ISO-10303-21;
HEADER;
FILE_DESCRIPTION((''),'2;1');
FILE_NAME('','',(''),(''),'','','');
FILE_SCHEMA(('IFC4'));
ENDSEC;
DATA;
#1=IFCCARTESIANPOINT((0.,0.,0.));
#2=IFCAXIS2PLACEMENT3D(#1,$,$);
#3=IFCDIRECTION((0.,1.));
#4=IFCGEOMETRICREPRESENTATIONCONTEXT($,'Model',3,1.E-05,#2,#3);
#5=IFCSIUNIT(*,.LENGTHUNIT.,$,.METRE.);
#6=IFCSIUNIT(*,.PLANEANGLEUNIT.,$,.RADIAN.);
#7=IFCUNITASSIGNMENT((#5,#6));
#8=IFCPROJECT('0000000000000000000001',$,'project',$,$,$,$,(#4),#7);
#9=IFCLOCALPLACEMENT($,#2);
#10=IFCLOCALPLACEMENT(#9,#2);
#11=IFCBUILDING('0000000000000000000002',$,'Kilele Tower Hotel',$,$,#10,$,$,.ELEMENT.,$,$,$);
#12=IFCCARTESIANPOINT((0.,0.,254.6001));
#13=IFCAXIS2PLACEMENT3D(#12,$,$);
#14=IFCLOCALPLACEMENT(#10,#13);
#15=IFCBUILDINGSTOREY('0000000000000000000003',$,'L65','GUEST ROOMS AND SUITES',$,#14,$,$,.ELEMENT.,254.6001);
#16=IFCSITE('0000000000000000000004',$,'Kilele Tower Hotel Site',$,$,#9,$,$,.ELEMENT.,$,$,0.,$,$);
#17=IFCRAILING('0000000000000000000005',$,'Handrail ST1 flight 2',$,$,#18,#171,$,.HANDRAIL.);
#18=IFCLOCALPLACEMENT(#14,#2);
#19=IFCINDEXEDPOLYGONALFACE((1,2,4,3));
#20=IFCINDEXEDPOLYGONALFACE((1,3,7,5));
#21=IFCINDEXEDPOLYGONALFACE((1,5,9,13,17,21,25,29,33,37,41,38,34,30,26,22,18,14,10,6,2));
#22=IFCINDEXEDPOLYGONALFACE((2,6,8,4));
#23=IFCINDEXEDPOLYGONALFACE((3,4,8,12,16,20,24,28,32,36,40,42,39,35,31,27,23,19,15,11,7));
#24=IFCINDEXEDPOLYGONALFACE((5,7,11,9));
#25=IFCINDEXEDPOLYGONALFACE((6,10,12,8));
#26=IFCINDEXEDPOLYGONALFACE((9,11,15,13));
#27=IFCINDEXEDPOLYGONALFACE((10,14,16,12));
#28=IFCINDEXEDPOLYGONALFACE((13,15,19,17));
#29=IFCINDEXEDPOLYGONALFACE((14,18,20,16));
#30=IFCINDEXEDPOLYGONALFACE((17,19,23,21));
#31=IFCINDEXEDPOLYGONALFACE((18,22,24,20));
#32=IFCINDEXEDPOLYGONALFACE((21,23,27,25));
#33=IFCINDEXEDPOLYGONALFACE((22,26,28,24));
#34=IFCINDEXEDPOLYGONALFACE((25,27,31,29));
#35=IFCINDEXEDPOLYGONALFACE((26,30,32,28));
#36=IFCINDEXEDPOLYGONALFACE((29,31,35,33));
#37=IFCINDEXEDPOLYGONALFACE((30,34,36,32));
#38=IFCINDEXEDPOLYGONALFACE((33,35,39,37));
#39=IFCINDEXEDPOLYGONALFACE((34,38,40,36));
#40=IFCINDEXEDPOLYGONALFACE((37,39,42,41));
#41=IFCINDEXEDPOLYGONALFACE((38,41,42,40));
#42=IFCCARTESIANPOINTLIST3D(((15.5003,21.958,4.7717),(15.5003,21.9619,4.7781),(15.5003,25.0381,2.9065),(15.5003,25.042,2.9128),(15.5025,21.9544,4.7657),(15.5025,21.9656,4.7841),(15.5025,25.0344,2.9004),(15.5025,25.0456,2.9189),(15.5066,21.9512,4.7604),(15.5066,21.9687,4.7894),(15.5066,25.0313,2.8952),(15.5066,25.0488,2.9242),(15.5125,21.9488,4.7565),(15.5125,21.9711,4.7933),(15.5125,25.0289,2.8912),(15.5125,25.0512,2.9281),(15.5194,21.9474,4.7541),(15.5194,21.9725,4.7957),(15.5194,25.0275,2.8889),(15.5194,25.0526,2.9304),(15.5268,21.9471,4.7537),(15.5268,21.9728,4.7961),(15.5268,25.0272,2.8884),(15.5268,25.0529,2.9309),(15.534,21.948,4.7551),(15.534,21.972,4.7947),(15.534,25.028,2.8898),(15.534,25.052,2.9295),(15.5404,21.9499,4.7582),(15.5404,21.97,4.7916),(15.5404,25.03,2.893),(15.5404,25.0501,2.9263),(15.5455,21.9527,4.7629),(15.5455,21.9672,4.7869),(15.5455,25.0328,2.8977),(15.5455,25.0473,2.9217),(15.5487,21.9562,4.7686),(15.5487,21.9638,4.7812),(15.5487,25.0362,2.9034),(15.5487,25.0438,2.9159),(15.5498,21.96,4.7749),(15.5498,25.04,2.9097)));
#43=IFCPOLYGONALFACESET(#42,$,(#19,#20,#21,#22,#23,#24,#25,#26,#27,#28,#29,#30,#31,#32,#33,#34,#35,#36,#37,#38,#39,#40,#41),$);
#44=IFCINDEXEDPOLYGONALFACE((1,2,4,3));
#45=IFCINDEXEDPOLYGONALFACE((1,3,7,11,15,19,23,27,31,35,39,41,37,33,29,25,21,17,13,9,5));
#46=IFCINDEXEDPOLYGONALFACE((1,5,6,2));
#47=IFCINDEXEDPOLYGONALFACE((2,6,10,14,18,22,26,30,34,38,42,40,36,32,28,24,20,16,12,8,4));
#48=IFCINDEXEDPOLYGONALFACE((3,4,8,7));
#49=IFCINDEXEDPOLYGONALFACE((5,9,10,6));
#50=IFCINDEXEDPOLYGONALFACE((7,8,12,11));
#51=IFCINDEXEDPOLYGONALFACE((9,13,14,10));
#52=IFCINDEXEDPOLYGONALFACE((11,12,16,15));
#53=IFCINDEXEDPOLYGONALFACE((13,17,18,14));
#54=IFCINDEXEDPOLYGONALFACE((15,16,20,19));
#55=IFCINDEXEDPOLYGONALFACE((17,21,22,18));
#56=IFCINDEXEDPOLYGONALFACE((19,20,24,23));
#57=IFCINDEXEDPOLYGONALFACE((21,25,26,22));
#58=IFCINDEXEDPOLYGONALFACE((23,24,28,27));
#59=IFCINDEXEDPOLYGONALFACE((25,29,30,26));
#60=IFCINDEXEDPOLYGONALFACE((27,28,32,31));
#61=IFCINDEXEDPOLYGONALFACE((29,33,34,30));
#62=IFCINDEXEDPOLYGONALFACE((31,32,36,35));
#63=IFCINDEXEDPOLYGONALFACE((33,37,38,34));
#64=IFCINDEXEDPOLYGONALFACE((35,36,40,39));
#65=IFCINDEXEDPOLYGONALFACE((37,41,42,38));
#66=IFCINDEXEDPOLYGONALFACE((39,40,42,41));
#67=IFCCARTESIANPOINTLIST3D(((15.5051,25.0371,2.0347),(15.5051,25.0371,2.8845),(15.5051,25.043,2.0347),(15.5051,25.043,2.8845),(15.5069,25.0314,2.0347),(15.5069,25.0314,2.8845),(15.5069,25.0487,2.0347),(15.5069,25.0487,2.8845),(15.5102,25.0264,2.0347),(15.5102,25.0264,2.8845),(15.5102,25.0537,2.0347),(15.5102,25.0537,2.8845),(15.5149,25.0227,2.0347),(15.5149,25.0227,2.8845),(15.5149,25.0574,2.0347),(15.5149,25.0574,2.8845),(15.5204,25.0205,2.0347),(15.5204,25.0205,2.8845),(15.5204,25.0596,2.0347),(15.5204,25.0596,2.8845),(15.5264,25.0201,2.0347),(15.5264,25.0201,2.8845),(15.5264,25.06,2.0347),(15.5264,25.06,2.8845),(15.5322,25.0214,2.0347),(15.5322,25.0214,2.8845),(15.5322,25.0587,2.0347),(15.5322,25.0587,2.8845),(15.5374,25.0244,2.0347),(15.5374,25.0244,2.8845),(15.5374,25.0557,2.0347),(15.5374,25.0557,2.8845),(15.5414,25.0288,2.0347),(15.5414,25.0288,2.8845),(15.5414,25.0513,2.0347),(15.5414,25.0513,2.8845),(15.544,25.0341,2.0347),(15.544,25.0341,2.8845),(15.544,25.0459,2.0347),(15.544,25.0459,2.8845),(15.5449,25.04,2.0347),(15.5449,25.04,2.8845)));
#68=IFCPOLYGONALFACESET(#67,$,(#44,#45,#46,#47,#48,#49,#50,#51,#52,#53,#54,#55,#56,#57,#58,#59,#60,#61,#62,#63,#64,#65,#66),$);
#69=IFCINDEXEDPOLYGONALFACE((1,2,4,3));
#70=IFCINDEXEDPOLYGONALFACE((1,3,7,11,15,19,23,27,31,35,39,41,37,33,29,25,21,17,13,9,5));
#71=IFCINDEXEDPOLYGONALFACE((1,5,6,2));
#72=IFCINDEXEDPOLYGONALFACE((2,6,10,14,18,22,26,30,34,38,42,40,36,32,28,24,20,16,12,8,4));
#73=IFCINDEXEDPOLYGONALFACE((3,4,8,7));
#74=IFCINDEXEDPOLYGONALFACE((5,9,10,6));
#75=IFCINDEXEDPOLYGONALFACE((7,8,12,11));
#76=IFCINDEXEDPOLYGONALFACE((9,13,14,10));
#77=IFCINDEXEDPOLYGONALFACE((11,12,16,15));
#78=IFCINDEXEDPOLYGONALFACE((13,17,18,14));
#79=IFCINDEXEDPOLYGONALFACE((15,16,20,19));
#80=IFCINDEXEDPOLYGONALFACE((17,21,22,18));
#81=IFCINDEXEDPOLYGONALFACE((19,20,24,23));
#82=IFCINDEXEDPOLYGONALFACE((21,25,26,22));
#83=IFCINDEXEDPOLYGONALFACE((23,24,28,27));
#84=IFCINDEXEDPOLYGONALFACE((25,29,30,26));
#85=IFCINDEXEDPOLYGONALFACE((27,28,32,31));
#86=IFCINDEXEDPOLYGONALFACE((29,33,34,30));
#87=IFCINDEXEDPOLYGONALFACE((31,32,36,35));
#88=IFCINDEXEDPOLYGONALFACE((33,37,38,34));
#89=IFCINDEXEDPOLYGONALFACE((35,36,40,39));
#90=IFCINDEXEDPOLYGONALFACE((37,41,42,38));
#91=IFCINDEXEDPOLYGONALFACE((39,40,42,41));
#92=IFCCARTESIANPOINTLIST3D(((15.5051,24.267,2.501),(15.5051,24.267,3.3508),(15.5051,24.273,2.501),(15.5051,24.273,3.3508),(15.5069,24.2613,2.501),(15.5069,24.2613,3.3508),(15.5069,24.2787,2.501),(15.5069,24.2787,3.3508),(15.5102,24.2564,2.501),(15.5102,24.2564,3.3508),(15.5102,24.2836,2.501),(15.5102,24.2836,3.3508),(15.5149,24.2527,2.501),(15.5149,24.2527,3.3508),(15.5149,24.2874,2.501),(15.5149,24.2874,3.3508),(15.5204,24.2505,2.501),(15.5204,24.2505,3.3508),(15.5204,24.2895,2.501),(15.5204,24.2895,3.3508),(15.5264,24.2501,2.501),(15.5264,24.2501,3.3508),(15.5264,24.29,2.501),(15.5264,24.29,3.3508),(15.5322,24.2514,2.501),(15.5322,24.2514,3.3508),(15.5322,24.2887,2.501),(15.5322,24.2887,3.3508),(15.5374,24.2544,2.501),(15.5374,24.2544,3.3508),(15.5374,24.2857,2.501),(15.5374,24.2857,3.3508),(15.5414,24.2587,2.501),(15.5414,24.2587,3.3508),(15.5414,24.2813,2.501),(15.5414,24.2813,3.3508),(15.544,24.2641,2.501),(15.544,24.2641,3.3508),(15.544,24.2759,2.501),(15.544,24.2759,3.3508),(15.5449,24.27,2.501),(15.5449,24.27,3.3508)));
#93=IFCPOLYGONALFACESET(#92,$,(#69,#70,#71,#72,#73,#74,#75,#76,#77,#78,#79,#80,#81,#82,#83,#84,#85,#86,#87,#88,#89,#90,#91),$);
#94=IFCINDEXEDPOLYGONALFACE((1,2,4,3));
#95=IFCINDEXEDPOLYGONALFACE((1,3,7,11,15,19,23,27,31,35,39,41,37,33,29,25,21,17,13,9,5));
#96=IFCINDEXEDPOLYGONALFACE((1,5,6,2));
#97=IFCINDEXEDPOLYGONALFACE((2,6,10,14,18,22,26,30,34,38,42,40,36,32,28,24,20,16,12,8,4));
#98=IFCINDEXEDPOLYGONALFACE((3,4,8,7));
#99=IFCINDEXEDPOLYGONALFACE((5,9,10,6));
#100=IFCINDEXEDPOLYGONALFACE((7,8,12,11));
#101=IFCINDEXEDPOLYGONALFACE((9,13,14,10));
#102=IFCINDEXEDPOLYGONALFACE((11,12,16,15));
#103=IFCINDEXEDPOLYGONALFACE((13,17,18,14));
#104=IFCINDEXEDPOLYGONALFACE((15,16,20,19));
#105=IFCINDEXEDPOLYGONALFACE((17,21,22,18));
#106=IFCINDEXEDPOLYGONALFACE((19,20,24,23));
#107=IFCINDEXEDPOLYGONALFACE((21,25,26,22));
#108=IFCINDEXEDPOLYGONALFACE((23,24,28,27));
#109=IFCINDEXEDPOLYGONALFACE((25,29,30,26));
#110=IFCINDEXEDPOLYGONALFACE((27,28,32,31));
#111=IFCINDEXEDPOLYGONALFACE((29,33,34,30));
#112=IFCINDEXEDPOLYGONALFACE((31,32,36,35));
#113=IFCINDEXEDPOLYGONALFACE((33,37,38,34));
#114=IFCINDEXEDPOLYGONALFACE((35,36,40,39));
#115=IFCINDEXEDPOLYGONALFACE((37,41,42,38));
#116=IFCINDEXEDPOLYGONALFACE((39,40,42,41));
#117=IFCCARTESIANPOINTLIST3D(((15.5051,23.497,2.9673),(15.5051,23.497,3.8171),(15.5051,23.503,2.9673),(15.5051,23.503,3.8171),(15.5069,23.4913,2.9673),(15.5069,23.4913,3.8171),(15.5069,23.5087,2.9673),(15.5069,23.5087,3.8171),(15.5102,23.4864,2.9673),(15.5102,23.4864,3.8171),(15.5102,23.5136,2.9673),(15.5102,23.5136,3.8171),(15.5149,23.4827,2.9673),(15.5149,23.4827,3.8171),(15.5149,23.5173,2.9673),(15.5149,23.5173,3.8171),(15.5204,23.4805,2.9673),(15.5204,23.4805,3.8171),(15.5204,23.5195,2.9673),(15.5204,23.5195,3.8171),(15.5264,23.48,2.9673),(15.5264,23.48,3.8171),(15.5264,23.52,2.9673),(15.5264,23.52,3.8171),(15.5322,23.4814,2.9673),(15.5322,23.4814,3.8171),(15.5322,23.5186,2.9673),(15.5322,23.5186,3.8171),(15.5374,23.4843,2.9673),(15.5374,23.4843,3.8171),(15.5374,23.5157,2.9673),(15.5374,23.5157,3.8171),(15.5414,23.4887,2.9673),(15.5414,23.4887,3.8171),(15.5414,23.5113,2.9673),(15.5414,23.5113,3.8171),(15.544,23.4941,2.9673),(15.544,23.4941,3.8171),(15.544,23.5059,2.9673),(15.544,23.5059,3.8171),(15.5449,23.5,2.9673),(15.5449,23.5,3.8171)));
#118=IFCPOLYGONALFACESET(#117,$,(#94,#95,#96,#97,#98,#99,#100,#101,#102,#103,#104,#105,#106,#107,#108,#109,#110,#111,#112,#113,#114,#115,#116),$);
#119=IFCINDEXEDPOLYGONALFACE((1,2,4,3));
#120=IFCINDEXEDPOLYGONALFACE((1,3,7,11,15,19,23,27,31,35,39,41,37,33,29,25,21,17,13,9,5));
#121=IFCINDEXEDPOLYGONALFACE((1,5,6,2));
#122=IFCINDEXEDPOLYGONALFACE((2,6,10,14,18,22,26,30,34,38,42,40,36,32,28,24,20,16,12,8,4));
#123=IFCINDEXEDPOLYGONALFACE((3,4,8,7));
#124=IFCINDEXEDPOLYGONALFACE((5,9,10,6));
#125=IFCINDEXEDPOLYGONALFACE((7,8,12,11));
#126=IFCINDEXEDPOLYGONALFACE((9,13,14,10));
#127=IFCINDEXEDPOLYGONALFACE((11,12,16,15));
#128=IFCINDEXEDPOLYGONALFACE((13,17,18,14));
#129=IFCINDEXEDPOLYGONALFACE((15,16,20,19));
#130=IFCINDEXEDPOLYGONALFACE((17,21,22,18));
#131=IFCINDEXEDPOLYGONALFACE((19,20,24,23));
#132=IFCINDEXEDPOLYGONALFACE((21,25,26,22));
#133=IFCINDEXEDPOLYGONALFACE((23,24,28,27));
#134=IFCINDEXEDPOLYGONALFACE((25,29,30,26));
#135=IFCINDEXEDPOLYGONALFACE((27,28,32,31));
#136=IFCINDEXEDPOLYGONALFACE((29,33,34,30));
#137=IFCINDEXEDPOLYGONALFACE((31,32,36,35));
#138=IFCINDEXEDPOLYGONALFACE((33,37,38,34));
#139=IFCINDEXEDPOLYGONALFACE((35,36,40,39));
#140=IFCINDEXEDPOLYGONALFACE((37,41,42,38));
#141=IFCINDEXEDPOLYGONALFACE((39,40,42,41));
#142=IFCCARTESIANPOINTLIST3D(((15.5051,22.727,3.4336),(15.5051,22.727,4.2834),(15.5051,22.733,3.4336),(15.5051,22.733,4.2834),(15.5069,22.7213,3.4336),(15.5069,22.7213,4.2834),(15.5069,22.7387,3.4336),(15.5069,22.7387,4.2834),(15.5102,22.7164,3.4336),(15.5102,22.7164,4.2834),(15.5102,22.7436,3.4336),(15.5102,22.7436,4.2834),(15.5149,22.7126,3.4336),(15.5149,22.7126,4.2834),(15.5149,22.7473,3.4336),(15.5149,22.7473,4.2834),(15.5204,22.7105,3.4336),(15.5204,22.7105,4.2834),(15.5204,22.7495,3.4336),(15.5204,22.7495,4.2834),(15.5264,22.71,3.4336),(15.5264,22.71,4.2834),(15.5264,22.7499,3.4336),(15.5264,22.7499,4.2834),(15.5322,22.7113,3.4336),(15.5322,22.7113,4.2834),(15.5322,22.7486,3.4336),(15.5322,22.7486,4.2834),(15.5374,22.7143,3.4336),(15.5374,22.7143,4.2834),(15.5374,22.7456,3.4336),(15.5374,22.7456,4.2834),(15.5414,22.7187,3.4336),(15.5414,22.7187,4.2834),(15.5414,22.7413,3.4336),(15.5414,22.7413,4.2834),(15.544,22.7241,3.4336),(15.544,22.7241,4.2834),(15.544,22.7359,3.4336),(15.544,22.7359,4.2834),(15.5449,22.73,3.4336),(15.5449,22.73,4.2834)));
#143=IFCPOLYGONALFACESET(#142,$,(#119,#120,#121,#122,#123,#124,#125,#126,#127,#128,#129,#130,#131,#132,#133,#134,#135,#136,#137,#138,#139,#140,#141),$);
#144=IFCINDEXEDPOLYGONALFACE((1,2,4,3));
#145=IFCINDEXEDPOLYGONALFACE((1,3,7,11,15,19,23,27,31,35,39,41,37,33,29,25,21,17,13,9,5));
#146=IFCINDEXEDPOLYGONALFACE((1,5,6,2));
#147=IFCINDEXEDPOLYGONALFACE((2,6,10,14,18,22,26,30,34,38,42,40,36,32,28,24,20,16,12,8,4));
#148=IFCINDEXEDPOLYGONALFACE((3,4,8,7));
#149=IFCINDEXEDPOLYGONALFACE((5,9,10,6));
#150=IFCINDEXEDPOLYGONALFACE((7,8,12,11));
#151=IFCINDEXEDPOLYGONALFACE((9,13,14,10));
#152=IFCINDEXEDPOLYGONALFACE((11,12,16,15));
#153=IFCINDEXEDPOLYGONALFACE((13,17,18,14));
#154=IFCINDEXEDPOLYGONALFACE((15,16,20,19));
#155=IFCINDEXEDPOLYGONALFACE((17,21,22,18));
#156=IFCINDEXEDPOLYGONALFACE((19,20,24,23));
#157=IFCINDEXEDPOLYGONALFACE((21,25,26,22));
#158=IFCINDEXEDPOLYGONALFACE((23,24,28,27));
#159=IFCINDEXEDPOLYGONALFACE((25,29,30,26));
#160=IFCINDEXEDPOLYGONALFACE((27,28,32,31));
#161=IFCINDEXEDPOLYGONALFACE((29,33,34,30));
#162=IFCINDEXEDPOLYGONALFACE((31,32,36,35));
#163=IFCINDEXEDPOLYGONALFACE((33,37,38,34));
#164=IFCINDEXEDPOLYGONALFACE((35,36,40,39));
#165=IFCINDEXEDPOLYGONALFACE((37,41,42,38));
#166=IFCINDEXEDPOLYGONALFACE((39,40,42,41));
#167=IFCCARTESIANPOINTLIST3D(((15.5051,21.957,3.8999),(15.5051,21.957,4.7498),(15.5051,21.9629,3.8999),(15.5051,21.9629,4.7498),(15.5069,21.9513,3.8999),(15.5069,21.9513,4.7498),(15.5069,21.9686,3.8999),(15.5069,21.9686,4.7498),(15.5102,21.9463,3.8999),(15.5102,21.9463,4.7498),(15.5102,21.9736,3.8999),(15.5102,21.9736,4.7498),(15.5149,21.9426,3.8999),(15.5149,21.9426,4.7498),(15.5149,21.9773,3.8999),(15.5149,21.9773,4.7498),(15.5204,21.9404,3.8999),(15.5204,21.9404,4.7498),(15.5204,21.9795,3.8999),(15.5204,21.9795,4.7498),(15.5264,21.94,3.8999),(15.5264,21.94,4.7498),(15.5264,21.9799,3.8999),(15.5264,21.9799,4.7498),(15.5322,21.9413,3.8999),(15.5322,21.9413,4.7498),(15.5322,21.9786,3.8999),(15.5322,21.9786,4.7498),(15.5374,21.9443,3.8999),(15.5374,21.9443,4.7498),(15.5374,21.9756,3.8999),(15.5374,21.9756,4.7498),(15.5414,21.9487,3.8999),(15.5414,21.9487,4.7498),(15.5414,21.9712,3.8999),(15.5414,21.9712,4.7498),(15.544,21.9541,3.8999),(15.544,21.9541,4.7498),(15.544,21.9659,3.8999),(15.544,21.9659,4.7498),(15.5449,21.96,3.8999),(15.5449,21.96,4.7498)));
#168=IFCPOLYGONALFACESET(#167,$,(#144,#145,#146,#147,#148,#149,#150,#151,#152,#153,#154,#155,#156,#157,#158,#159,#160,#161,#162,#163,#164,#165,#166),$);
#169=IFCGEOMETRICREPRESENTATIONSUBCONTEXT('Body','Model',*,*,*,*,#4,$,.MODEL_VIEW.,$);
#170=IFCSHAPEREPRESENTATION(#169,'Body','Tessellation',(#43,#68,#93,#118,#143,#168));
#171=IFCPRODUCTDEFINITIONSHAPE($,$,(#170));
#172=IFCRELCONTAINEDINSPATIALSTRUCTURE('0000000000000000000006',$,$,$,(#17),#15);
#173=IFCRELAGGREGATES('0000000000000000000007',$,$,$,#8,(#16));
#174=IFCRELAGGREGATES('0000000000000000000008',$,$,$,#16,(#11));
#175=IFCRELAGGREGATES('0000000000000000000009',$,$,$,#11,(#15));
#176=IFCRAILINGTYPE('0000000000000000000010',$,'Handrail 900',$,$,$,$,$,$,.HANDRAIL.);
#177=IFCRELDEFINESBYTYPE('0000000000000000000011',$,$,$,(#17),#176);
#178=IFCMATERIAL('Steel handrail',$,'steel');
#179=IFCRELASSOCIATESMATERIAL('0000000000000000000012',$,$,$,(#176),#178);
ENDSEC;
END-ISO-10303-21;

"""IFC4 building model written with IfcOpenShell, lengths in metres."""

from ifc_helpers import new_model, si_unit, direction, frame, origin, origin_2d, place, context, subcontext, project, spatial, circle, extrude, material, type_object, element, save


model = new_model("IFC4")

# Units and contexts
model_context = context("Model", 3, precision=1e-05, world=origin(), true_north=direction((0.0, 1.0)))
body_context = subcontext(model_context, "Body", "Model", "MODEL_VIEW")
ifc_project = project(units=[si_unit("LENGTHUNIT", "METRE"), si_unit("PLANEANGLEUNIT", "RADIAN")], contexts=[model_context])

# Site, building, storey
site_placement = place(None, origin())
site = spatial("IfcSite", under=ifc_project, at=site_placement, Name="Kilele Tower Hotel Site", CompositionType="ELEMENT", RefElevation=0.0)
building_placement = place(site_placement, origin())
building = spatial("IfcBuilding", under=site, at=building_placement, Name="Kilele Tower Hotel", CompositionType="ELEMENT")
storey_placement = place(building_placement, frame((0.0, 0.0, 254.6001)))
storey = spatial("IfcBuildingStorey", under=building, at=storey_placement, Name="L65", Description="GUEST ROOMS AND SUITES", CompositionType="ELEMENT", Elevation=254.6001)

# Railing
ifc_material_1 = material(Name="Steel handrail", Category="steel")
railing_type_1 = type_object("IfcRailingType", Name="Handrail 900", PredefinedType="HANDRAIL", material=ifc_material_1)
for number, where, name in (
    (1, (15.5249, 25.04, 2.0347), "Handrail ST1 flight 2"),
):
    element("IfcRailing", number, at=place(storey_placement, frame(where)), inside=storey, type_object=railing_type_1, Name=name, PredefinedType="HANDRAIL", context=body_context, shape_type="SweptSolid", body=[
        extrude(circle(Radius=0.0249, at=origin_2d()), frame((0.0, 0.0, 0.875), z_axis=(0.0, -0.85538, 0.518001), x_axis=(1.0, 0.0, 0.0)), (0.0, 0.0, 1.0), 3.6008),
        extrude(circle(Radius=0.02, at=origin_2d()), origin(), (0.0, 0.0, 1.0), 0.8499),
        extrude(circle(Radius=0.02, at=origin_2d()), frame((0.0, -0.77, 0.4663)), (0.0, 0.0, 1.0), 0.8499),
        extrude(circle(Radius=0.02, at=origin_2d()), frame((0.0, -1.54, 0.9326)), (0.0, 0.0, 1.0), 0.8499),
        extrude(circle(Radius=0.02, at=origin_2d()), frame((0.0, -2.3101, 1.3989)), (0.0, 0.0, 1.0), 0.8499),
        extrude(circle(Radius=0.02, at=origin_2d()), frame((0.0, -3.0801, 1.8652)), (0.0, 0.0, 1.0), 0.8499),
    ])

save(model, "model.ifc")
